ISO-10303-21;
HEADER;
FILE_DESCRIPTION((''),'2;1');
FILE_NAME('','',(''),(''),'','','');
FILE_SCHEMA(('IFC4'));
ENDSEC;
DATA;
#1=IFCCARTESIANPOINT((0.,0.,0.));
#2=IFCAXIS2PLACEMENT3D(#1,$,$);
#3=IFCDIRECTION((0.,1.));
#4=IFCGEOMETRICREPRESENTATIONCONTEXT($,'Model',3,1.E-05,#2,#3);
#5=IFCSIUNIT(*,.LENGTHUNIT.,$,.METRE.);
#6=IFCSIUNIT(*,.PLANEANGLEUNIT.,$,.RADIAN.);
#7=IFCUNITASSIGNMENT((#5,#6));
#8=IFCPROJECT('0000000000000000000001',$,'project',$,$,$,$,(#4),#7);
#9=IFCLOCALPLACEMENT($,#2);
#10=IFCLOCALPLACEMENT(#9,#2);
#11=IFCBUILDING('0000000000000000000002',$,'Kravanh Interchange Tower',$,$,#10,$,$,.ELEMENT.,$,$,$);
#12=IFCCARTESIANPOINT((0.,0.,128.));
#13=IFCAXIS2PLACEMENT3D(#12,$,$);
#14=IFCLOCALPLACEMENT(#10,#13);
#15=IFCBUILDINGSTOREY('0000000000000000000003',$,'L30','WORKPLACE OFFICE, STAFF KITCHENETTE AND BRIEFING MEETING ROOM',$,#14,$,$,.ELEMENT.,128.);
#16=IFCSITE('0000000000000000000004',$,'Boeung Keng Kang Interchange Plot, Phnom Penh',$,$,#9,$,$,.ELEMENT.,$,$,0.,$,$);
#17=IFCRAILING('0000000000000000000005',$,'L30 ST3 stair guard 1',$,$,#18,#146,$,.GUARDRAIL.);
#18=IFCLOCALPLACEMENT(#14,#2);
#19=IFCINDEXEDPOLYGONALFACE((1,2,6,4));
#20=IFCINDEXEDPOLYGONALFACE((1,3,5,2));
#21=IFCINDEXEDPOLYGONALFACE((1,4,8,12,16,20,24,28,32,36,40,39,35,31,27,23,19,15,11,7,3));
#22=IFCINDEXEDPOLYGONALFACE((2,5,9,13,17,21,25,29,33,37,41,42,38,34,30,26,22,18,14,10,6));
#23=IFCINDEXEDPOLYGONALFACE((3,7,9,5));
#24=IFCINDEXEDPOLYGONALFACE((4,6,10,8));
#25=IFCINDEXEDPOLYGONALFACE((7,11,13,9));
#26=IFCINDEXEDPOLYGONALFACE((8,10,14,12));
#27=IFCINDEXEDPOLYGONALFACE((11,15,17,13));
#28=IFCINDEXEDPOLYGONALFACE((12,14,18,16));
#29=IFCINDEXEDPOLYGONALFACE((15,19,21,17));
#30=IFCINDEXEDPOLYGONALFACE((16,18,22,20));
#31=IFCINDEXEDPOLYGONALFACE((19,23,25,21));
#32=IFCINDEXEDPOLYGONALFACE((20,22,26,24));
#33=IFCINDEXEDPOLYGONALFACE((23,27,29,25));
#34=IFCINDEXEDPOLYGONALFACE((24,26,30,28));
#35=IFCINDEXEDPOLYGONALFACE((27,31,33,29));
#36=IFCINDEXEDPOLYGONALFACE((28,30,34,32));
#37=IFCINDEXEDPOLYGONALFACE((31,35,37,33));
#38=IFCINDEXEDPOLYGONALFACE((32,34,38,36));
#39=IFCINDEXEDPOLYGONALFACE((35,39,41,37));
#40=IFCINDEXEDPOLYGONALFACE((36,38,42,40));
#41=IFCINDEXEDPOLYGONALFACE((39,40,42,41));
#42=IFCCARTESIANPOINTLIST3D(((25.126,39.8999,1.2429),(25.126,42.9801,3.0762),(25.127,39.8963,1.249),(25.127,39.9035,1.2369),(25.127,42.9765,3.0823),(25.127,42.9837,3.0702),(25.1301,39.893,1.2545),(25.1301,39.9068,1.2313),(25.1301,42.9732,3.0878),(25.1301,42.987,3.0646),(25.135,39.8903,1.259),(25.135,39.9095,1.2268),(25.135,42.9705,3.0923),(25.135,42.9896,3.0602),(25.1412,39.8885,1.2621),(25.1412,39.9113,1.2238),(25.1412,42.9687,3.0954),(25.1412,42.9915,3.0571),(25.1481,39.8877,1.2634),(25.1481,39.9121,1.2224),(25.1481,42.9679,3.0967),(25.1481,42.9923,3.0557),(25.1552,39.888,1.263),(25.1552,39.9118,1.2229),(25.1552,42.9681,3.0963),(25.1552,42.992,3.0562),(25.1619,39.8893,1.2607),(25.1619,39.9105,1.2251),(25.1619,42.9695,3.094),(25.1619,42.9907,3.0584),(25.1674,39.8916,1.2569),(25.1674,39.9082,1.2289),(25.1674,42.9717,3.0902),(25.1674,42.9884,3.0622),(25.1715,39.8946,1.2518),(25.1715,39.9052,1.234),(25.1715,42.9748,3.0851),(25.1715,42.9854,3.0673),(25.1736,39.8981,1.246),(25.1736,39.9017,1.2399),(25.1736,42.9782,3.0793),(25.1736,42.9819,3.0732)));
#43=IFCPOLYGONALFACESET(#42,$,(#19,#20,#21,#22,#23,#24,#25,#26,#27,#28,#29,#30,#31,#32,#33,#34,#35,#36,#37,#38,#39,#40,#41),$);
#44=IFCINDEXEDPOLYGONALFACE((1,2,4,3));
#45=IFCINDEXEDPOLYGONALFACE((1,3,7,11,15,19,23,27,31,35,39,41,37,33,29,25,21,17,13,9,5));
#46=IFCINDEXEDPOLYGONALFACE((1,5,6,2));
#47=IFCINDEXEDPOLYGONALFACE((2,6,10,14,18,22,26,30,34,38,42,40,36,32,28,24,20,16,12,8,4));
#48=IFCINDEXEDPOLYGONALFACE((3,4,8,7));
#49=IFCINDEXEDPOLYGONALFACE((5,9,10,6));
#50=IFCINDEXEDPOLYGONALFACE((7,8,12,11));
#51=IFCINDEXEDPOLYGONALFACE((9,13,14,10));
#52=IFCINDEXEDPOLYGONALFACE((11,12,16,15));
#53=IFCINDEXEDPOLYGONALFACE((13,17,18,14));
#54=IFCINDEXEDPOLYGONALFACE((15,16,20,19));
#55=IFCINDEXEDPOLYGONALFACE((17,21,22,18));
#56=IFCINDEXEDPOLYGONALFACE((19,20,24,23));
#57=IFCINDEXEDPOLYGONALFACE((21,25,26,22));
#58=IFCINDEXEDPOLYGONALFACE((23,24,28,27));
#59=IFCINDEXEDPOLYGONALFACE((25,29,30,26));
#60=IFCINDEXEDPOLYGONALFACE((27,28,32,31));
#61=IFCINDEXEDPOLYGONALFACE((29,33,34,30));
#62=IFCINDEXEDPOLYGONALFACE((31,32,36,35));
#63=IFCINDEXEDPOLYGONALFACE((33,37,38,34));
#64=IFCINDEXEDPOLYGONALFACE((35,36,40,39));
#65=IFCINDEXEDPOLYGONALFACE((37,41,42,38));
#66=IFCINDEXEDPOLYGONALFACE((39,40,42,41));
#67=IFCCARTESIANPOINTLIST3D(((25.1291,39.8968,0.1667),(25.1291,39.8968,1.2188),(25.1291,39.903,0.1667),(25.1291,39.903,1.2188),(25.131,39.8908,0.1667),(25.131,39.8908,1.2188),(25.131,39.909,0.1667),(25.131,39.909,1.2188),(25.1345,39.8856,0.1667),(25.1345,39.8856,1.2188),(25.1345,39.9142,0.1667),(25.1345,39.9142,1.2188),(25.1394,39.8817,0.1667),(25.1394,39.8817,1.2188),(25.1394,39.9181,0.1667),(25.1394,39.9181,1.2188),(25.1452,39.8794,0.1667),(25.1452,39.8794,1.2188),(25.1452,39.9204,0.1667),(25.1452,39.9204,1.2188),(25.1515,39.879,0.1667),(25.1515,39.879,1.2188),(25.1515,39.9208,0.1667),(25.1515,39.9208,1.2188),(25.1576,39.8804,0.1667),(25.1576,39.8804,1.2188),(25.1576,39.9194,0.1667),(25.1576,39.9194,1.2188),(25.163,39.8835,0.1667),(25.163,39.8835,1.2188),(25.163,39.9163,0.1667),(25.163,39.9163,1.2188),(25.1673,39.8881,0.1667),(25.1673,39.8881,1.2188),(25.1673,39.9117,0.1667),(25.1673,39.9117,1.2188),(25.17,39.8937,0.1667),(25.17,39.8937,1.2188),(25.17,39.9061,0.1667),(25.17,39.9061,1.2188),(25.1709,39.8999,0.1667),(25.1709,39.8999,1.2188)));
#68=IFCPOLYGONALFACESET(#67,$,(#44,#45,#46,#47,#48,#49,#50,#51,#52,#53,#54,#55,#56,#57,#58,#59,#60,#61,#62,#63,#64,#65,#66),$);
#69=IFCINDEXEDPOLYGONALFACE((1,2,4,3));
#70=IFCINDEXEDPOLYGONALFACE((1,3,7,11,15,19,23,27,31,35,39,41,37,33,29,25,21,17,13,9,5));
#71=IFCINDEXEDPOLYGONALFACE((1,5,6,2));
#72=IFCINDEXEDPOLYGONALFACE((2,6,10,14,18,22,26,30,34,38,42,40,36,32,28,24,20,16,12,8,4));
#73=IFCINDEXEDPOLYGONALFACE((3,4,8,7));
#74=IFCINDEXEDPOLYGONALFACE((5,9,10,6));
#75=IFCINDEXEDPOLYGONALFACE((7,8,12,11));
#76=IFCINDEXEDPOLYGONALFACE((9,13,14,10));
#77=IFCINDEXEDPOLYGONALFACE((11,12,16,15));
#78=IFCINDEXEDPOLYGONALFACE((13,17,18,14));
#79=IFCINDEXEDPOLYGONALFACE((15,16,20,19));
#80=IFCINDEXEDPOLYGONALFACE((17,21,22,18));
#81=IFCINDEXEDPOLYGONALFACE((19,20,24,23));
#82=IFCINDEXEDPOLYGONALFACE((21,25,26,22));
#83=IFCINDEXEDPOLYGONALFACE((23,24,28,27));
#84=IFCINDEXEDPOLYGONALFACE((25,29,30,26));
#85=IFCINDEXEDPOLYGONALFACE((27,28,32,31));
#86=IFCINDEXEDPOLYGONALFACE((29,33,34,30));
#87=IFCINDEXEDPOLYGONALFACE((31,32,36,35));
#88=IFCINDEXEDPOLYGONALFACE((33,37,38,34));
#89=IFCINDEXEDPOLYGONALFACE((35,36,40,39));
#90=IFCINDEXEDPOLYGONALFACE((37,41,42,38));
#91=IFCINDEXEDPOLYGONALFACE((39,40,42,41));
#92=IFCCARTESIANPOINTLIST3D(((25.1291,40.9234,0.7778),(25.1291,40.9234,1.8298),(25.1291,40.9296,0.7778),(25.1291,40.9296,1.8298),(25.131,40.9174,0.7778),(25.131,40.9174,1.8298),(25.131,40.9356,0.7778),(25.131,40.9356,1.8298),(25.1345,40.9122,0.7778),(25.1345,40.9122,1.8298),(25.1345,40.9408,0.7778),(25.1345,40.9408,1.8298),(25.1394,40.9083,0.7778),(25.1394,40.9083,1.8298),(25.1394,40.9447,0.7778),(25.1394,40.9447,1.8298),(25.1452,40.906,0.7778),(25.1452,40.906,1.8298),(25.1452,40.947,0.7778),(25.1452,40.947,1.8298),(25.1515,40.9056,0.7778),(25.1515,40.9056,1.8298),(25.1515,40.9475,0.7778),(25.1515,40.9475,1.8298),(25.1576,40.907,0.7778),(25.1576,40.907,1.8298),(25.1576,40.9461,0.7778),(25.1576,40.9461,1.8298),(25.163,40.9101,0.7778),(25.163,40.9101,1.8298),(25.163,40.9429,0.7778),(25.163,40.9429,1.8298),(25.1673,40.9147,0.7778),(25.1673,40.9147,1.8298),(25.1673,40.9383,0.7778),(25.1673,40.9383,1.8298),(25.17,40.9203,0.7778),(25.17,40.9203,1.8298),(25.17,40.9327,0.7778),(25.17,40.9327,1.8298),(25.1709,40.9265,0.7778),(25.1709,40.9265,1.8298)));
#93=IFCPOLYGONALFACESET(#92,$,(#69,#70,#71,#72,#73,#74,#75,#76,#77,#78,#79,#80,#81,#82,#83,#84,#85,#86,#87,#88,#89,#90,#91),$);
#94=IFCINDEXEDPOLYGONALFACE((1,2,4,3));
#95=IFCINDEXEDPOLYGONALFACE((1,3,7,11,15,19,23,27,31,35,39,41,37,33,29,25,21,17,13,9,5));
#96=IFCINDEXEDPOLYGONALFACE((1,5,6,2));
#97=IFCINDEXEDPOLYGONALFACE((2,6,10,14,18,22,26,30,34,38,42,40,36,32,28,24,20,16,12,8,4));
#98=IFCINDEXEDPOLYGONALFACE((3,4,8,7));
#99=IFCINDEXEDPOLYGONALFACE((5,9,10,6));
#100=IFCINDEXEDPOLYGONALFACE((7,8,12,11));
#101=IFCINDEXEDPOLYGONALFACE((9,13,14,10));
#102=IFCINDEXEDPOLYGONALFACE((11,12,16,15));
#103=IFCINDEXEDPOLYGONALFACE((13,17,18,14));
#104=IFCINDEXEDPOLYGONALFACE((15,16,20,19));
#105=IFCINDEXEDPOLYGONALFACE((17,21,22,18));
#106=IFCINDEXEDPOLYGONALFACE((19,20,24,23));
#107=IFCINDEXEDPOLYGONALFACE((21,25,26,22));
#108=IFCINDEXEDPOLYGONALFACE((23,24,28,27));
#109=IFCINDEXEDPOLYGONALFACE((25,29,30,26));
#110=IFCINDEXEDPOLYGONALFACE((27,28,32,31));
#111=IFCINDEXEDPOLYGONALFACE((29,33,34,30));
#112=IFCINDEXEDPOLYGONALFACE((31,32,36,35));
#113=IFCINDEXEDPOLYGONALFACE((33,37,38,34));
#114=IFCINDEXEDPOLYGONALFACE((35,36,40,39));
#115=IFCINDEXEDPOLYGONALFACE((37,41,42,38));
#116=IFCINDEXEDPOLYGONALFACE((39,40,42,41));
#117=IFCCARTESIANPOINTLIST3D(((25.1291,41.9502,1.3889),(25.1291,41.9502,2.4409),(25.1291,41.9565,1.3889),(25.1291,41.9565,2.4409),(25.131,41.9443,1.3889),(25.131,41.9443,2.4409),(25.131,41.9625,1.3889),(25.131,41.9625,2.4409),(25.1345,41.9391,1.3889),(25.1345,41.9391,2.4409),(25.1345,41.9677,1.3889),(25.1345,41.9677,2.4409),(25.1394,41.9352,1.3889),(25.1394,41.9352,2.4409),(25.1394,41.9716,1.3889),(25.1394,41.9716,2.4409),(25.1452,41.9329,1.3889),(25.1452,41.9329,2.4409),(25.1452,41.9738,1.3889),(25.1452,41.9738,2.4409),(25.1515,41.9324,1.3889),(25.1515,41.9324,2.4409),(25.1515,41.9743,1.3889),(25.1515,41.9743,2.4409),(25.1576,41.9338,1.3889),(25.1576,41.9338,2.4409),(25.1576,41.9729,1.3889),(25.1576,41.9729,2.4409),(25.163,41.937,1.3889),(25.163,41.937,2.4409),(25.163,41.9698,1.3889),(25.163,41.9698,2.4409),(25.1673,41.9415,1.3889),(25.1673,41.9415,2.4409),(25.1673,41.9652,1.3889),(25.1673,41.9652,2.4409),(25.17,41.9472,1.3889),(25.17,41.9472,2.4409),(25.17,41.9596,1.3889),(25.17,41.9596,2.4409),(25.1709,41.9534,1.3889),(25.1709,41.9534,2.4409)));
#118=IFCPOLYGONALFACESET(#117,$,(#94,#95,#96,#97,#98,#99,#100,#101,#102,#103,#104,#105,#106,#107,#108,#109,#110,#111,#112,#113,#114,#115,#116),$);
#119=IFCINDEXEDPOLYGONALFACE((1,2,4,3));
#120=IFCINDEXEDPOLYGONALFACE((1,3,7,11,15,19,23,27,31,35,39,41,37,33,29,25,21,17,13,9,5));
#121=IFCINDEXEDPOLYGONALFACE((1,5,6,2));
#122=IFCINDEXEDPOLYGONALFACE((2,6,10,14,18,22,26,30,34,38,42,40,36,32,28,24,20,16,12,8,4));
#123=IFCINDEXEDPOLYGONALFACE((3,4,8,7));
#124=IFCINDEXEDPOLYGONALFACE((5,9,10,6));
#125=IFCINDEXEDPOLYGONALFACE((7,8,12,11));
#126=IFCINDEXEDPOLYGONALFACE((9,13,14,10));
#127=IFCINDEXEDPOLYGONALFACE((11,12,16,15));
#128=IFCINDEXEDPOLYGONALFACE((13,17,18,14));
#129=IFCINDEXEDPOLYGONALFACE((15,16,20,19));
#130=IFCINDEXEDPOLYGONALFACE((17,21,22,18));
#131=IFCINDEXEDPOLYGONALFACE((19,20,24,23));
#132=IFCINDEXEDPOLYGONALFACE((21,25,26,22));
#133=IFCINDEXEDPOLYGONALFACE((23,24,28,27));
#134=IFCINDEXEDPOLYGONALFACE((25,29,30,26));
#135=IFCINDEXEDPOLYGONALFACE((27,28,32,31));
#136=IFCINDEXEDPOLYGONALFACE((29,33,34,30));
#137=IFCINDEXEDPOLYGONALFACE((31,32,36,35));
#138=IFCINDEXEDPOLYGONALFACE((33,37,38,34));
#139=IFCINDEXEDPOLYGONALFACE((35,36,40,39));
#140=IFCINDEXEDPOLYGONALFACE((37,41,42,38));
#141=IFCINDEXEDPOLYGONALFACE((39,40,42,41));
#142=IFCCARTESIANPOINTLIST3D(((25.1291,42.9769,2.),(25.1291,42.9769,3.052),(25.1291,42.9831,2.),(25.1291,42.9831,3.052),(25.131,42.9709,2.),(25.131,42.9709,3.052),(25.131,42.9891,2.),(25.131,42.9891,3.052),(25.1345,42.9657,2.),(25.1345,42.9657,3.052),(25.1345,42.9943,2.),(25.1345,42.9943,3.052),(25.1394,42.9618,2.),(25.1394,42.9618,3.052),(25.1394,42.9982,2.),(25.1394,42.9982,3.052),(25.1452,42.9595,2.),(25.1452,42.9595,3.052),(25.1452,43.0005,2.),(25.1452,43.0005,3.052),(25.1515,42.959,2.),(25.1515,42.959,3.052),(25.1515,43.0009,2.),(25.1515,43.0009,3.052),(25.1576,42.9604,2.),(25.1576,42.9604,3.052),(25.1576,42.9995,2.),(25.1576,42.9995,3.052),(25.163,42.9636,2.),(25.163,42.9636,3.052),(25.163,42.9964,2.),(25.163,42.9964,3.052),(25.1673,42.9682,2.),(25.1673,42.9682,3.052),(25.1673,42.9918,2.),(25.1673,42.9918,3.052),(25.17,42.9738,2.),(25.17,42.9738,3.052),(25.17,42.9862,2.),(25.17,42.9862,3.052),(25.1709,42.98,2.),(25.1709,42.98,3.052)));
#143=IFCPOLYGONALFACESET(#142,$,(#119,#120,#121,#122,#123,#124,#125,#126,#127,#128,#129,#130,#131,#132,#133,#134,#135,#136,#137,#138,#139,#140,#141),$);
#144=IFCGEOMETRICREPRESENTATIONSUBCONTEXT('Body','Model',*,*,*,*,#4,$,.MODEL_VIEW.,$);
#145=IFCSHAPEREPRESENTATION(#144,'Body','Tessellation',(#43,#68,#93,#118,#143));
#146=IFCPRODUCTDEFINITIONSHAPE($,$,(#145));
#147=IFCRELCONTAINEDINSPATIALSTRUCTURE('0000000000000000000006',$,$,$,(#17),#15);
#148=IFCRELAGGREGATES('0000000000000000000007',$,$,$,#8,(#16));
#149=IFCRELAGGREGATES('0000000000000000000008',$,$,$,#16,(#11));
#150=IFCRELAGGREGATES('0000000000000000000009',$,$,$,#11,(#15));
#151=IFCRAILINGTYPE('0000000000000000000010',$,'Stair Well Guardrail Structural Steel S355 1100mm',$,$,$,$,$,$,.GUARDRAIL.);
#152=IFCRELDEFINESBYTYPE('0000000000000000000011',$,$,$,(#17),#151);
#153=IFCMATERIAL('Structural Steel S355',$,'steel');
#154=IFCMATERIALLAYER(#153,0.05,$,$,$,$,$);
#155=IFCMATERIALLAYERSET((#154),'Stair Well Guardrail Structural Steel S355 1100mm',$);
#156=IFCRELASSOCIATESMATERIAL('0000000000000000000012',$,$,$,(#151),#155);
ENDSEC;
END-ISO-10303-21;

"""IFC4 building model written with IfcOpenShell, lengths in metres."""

from ifc_helpers import new_model, si_unit, direction, frame, origin, origin_2d, place, context, subcontext, project, spatial, circle, extrude, material, layer, layer_set, type_object, element, save


model = new_model("IFC4")

# Units and contexts
model_context = context("Model", 3, precision=1e-05, world=origin(), true_north=direction((0.0, 1.0)))
body_context = subcontext(model_context, "Body", "Model", "MODEL_VIEW")
ifc_project = project(units=[si_unit("LENGTHUNIT", "METRE"), si_unit("PLANEANGLEUNIT", "RADIAN")], contexts=[model_context])

# Site, building, storey
site_placement = place(None, origin())
site = spatial("IfcSite", under=ifc_project, at=site_placement, Name="Boeung Keng Kang Interchange Plot, Phnom Penh", CompositionType="ELEMENT", RefElevation=0.0)
building_placement = place(site_placement, origin())
building = spatial("IfcBuilding", under=site, at=building_placement, Name="Kravanh Interchange Tower", CompositionType="ELEMENT")
storey_placement = place(building_placement, frame((0.0, 0.0, 128.0)))
storey = spatial("IfcBuildingStorey", under=building, at=storey_placement, Name="L30", Description="WORKPLACE OFFICE, STAFF KITCHENETTE AND BRIEFING MEETING ROOM", CompositionType="ELEMENT", Elevation=128.0)

# Railing
ifc_material_1 = material(Name="Structural Steel S355", Category="steel")
ifc_layer_1 = layer(ifc_material_1, 0.05)
ifc_layer_set_1 = layer_set([ifc_layer_1], Name="Stair Well Guardrail Structural Steel S355 1100mm")
railing_type_1 = type_object("IfcRailingType", Name="Stair Well Guardrail Structural Steel S355 1100mm", PredefinedType="GUARDRAIL", material=ifc_layer_set_1)
railing_1_placement = place(storey_placement, frame((25.1499, 39.8999, 0.1667)))
element("IfcRailing", 1, at=railing_1_placement, inside=storey, type_object=railing_type_1, Name="L30 ST3 stair guard 1", PredefinedType="GUARDRAIL", context=body_context, shape_type="SweptSolid", body=[
    extrude(circle(Radius=0.0239, at=origin_2d()), frame((0.0, 0.0, 1.0762), z_axis=(0.0, 0.859309, 0.511458), x_axis=(-1.0, 0.0, 0.0)), (0.0, 0.0, 1.0), 3.5845),
    extrude(circle(Radius=0.021, at=origin_2d()), origin(), (0.0, 0.0, 1.0), 1.052),
    extrude(circle(Radius=0.021, at=origin_2d()), frame((0.0, 1.0266, 0.6111)), (0.0, 0.0, 1.0), 1.052),
    extrude(circle(Radius=0.021, at=origin_2d()), frame((0.0, 2.0535, 1.2222)), (0.0, 0.0, 1.0), 1.052),
    extrude(circle(Radius=0.021, at=origin_2d()), frame((0.0, 3.0801, 1.8333)), (0.0, 0.0, 1.0), 1.052),
])

save(model, "model.ifc")
